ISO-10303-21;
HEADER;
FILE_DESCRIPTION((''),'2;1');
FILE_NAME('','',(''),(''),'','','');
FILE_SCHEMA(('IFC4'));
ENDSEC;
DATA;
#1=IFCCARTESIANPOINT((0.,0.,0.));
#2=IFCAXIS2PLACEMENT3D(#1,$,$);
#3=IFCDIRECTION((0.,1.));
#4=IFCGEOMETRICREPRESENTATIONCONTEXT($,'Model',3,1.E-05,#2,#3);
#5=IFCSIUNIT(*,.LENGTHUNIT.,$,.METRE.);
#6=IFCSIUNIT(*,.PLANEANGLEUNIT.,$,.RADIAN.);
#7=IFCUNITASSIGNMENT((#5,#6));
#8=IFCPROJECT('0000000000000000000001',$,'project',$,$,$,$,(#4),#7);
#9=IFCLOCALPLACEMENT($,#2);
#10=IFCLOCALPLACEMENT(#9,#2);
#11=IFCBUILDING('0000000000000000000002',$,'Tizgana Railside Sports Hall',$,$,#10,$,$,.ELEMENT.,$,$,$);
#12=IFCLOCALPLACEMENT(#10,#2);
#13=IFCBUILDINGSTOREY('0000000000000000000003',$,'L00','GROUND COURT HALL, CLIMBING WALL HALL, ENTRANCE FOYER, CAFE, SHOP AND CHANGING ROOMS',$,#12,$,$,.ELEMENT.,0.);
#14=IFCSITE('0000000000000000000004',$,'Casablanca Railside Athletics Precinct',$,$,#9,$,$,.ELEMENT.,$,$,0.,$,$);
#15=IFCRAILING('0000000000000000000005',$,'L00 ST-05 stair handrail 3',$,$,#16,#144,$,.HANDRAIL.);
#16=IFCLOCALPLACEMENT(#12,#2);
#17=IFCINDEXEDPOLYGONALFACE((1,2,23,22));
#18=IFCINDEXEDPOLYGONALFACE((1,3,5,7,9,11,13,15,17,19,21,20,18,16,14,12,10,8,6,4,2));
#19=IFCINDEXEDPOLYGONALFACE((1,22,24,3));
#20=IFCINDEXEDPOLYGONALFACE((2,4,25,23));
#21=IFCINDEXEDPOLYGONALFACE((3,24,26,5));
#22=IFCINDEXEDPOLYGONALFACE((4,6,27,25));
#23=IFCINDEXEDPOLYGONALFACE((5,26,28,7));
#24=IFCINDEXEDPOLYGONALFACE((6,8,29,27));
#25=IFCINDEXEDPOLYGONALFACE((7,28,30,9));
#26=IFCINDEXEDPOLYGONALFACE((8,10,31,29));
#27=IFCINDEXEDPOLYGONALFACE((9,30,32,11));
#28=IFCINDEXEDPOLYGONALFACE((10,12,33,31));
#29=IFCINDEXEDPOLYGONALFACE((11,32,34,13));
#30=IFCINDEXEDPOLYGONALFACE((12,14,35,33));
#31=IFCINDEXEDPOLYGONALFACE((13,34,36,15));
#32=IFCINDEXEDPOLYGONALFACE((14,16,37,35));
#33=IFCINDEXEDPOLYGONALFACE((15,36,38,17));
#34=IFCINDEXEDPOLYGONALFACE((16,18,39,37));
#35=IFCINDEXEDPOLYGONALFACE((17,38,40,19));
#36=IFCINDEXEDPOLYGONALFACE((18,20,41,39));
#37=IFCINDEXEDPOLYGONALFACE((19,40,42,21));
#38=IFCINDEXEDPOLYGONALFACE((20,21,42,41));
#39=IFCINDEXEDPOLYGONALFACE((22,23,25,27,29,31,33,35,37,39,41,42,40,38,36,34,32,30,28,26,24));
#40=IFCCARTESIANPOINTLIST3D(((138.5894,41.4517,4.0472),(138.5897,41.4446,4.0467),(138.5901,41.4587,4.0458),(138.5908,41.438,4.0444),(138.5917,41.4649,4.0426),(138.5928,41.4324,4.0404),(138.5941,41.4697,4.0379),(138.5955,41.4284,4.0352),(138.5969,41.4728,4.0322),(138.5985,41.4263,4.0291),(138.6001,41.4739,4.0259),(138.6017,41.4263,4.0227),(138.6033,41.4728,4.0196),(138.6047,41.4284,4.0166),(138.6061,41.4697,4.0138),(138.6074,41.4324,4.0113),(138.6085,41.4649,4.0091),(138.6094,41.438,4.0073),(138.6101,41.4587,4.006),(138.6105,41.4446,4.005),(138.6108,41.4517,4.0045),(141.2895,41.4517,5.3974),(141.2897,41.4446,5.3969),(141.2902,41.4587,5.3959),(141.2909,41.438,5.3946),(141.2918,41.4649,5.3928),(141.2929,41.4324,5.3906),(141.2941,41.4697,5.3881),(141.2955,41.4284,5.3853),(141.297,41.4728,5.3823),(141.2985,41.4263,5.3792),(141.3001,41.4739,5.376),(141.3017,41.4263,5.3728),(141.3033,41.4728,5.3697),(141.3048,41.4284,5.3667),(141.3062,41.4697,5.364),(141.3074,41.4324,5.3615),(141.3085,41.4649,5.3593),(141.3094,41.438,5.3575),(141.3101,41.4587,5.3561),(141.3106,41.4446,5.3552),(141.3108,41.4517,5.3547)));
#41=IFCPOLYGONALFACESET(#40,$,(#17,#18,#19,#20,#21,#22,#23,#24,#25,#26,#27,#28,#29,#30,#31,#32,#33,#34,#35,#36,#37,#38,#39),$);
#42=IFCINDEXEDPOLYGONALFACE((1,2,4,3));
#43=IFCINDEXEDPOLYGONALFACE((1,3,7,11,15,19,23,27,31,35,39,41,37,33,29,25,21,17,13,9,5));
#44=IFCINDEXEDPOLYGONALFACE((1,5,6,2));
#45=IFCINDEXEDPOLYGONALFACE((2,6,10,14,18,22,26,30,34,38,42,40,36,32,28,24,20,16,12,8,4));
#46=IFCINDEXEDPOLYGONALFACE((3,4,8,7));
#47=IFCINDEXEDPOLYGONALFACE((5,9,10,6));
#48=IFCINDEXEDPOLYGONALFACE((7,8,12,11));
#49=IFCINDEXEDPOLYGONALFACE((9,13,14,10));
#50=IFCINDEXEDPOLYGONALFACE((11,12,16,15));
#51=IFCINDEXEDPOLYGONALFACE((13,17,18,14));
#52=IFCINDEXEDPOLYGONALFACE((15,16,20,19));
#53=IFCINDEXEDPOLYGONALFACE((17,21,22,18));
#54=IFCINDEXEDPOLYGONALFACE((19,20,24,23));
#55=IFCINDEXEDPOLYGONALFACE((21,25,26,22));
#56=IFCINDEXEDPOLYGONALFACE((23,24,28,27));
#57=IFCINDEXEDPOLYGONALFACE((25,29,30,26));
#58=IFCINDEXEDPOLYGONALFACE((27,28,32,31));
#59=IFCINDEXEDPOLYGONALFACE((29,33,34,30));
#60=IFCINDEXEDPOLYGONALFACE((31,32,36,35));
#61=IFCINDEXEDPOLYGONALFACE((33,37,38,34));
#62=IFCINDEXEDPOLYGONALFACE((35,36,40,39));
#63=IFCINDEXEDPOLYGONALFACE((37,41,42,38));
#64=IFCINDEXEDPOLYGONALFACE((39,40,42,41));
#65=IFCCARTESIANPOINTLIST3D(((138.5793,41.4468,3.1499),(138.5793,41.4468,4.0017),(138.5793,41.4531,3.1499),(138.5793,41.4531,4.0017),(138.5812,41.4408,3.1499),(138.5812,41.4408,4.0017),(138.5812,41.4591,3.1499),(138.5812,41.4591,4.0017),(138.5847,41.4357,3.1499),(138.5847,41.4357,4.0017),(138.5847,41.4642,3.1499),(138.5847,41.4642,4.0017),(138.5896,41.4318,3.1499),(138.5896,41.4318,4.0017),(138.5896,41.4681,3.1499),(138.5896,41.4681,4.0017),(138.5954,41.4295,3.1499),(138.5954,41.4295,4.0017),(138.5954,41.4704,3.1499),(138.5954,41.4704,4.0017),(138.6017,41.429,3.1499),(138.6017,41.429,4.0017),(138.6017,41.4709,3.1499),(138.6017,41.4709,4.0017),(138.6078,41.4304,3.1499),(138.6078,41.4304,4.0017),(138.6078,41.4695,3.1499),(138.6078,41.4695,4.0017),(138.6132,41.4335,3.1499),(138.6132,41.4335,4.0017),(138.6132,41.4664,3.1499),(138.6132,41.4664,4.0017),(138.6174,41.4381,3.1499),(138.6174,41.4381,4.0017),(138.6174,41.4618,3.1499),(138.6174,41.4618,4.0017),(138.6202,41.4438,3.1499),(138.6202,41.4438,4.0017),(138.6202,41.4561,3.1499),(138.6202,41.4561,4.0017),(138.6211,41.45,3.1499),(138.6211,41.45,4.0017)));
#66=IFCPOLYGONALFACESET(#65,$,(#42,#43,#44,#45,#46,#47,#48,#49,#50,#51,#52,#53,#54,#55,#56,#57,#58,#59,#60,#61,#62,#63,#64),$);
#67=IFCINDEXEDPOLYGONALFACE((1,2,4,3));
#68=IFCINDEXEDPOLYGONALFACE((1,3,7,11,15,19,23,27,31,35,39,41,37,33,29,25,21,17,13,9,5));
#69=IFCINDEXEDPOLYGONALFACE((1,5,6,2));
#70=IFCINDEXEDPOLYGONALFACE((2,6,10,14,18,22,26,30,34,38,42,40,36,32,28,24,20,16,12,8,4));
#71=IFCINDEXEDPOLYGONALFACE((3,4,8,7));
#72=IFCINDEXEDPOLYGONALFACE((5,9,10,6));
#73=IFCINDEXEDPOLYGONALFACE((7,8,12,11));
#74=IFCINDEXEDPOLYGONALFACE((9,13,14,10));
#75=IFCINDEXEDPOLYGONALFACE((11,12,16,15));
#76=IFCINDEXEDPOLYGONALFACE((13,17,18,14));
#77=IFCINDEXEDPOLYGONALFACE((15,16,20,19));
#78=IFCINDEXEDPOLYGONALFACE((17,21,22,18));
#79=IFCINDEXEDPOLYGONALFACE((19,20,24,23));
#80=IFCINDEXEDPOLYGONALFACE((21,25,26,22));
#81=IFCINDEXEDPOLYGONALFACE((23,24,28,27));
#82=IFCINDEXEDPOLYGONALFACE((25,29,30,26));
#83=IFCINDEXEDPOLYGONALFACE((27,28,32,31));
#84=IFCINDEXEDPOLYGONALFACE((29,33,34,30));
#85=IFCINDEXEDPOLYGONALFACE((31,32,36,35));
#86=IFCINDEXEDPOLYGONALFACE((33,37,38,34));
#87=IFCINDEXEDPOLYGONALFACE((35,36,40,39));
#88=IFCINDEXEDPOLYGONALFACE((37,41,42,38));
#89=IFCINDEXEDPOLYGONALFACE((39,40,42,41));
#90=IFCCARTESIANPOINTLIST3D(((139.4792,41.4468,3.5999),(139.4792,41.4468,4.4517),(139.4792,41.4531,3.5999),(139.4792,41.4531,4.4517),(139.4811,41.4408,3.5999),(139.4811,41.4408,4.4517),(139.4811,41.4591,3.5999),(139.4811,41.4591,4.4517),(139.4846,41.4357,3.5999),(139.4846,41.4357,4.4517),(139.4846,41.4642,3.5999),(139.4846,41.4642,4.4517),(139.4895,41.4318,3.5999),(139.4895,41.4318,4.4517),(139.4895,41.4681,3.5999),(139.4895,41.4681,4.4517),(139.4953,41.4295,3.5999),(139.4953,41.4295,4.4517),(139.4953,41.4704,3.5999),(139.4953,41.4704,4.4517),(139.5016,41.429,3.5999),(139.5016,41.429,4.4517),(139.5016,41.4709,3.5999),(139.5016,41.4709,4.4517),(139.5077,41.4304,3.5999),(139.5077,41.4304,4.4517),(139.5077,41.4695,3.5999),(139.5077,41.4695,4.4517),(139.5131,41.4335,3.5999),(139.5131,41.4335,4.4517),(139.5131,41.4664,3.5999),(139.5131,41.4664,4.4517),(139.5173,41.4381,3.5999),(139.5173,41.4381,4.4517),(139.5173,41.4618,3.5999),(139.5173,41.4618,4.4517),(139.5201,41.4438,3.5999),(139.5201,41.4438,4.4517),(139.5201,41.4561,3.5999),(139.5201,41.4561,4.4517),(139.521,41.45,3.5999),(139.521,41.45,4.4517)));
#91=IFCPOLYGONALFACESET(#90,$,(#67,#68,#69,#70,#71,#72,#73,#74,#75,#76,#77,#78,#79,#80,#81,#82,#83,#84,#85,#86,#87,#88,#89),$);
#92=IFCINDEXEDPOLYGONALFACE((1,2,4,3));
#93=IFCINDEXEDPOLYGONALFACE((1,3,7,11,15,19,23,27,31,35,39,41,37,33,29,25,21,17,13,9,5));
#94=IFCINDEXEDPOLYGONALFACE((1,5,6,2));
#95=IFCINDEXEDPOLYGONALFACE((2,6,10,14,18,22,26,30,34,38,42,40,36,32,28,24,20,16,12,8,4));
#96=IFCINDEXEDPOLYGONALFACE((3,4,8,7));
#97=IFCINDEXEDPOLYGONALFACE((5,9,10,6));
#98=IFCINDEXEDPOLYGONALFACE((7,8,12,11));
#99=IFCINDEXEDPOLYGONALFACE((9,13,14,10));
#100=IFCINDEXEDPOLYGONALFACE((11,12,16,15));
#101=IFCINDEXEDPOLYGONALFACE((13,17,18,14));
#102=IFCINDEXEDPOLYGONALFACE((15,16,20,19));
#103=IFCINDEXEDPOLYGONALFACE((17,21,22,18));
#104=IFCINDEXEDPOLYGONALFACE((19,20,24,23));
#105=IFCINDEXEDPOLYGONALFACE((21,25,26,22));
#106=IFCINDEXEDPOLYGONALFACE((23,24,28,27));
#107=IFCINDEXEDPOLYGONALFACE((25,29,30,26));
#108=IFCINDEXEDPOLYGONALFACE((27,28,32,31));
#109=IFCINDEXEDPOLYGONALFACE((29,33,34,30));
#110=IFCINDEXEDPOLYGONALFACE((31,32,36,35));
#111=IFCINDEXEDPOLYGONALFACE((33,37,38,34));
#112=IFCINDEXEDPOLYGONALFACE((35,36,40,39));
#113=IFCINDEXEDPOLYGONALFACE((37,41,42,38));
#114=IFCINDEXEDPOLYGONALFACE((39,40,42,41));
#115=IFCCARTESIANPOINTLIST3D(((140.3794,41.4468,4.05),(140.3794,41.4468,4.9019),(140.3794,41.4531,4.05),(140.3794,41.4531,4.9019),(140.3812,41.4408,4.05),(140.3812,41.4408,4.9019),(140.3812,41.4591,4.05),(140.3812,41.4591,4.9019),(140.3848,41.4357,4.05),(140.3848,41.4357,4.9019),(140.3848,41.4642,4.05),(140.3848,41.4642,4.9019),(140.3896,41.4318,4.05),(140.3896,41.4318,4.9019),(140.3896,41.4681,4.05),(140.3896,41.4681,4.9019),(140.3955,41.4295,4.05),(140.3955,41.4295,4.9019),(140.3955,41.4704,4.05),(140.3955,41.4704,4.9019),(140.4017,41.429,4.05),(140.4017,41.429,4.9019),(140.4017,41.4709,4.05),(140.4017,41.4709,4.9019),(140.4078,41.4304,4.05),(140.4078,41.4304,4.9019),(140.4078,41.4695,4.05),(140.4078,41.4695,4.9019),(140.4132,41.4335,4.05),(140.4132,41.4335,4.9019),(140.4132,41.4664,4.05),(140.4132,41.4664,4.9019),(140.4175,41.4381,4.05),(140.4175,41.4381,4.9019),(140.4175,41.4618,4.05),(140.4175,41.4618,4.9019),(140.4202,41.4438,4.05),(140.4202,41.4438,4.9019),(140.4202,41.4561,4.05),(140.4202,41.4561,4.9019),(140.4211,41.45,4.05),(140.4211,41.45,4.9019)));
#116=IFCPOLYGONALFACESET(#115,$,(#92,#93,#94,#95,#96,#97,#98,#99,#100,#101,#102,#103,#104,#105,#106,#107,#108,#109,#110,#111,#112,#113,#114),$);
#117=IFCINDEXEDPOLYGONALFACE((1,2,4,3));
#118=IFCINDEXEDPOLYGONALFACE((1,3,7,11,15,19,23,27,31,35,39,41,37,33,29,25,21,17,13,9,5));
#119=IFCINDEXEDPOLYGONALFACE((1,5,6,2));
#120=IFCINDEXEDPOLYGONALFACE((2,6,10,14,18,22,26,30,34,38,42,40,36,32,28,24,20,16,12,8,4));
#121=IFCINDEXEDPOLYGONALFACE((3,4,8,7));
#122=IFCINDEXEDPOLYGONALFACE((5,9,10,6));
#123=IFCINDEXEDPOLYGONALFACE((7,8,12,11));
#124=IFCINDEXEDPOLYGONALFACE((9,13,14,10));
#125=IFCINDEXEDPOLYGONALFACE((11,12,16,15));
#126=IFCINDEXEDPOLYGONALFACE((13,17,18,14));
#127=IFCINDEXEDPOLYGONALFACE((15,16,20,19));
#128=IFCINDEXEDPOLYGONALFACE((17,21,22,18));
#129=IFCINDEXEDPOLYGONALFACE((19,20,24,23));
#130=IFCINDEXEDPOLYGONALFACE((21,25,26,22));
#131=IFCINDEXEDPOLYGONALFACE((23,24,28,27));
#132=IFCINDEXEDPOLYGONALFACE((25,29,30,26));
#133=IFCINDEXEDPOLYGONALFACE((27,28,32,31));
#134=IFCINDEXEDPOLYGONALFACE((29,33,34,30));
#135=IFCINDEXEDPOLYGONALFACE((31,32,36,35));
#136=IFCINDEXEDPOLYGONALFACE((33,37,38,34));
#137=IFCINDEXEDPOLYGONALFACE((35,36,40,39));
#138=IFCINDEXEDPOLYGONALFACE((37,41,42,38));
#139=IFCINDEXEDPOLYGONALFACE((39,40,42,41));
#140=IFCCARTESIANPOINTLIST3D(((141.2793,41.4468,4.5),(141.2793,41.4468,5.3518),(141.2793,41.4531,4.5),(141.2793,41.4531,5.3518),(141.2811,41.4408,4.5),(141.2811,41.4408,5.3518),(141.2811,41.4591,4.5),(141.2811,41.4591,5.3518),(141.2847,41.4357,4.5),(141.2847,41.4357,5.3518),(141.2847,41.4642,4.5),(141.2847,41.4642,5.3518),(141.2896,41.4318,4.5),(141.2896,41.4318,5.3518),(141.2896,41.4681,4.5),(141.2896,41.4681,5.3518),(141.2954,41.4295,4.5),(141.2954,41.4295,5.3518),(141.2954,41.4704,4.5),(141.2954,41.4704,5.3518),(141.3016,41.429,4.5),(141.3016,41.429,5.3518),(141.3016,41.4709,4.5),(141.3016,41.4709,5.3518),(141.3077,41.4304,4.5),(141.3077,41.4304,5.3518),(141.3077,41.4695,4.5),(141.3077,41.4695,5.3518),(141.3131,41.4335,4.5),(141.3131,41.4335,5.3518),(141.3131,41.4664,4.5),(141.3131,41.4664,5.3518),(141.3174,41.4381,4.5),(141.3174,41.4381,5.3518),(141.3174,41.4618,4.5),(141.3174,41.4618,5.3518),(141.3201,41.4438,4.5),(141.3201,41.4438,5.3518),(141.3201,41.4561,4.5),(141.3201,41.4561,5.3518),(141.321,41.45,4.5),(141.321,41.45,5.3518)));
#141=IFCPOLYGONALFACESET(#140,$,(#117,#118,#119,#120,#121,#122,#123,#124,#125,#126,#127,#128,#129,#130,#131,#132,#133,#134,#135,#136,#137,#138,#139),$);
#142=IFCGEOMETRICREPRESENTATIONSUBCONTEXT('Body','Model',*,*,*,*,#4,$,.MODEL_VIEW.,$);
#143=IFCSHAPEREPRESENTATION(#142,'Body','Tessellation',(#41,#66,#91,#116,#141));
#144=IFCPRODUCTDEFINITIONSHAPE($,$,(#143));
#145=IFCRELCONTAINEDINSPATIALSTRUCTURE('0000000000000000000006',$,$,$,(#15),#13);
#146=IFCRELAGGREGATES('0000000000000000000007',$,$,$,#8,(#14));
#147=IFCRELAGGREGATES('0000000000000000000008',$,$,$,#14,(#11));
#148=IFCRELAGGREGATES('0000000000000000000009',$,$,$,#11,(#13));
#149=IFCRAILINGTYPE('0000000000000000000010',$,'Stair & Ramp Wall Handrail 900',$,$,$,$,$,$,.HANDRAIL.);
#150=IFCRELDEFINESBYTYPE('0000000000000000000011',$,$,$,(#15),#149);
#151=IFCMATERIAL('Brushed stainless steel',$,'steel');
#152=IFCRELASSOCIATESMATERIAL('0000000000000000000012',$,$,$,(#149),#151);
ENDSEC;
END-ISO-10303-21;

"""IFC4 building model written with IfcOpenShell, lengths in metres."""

from ifc_helpers import new_model, si_unit, direction, frame, origin, origin_2d, place, context, subcontext, project, spatial, circle, extrude, material, type_object, element, save


model = new_model("IFC4")

# Units and contexts
model_context = context("Model", 3, precision=1e-05, world=origin(), true_north=direction((0.0, 1.0)))
body_context = subcontext(model_context, "Body", "Model", "MODEL_VIEW")
ifc_project = project(units=[si_unit("LENGTHUNIT", "METRE"), si_unit("PLANEANGLEUNIT", "RADIAN")], contexts=[model_context])

# Site, building, storey
site_placement = place(None, origin())
site = spatial("IfcSite", under=ifc_project, at=site_placement, Name="Casablanca Railside Athletics Precinct", CompositionType="ELEMENT", RefElevation=0.0)
building_placement = place(site_placement, origin())
building = spatial("IfcBuilding", under=site, at=building_placement, Name="Tizgana Railside Sports Hall", CompositionType="ELEMENT")
storey_placement = place(building_placement, origin())
storey = spatial("IfcBuildingStorey", under=building, at=storey_placement, Name="L00", Description="GROUND COURT HALL, CLIMBING WALL HALL, ENTRANCE FOYER, CAFE, SHOP AND CHANGING ROOMS", CompositionType="ELEMENT", Elevation=0.0)

# Shared definitions
ifc_material_1 = material(Name="Brushed stainless steel", Category="steel")

# Railing
railing_type_1 = type_object("IfcRailingType", Name="Stair & Ramp Wall Handrail 900", PredefinedType="HANDRAIL", material=ifc_material_1)
railing_1_placement = place(storey_placement, frame((138.6001, 41.45, 3.1499)))
element("IfcRailing", 1, at=railing_1_placement, inside=storey, type_object=railing_type_1, Name="L00 ST-05 stair handrail 3", PredefinedType="HANDRAIL", context=body_context, shape_type="SweptSolid", body=[
    extrude(circle(Radius=0.0239, at=origin_2d()), frame((0.0, 0.0, 0.876), z_axis=(0.894411, 0.0, 0.447246), x_axis=(0.0, 1.0, 0.0)), (0.0, 0.0, 1.0), 3.0188),
    extrude(circle(Radius=0.021, at=origin_2d()), origin(), (0.0, 0.0, 1.0), 0.8518),
    extrude(circle(Radius=0.021, at=origin_2d()), frame((0.8999, 0.0, 0.45)), (0.0, 0.0, 1.0), 0.8518),
    extrude(circle(Radius=0.021, at=origin_2d()), frame((1.8, 0.0, 0.9001)), (0.0, 0.0, 1.0), 0.8518),
    extrude(circle(Radius=0.021, at=origin_2d()), frame((2.7, 0.0, 1.3501)), (0.0, 0.0, 1.0), 0.8518),
])

save(model, "model.ifc")
